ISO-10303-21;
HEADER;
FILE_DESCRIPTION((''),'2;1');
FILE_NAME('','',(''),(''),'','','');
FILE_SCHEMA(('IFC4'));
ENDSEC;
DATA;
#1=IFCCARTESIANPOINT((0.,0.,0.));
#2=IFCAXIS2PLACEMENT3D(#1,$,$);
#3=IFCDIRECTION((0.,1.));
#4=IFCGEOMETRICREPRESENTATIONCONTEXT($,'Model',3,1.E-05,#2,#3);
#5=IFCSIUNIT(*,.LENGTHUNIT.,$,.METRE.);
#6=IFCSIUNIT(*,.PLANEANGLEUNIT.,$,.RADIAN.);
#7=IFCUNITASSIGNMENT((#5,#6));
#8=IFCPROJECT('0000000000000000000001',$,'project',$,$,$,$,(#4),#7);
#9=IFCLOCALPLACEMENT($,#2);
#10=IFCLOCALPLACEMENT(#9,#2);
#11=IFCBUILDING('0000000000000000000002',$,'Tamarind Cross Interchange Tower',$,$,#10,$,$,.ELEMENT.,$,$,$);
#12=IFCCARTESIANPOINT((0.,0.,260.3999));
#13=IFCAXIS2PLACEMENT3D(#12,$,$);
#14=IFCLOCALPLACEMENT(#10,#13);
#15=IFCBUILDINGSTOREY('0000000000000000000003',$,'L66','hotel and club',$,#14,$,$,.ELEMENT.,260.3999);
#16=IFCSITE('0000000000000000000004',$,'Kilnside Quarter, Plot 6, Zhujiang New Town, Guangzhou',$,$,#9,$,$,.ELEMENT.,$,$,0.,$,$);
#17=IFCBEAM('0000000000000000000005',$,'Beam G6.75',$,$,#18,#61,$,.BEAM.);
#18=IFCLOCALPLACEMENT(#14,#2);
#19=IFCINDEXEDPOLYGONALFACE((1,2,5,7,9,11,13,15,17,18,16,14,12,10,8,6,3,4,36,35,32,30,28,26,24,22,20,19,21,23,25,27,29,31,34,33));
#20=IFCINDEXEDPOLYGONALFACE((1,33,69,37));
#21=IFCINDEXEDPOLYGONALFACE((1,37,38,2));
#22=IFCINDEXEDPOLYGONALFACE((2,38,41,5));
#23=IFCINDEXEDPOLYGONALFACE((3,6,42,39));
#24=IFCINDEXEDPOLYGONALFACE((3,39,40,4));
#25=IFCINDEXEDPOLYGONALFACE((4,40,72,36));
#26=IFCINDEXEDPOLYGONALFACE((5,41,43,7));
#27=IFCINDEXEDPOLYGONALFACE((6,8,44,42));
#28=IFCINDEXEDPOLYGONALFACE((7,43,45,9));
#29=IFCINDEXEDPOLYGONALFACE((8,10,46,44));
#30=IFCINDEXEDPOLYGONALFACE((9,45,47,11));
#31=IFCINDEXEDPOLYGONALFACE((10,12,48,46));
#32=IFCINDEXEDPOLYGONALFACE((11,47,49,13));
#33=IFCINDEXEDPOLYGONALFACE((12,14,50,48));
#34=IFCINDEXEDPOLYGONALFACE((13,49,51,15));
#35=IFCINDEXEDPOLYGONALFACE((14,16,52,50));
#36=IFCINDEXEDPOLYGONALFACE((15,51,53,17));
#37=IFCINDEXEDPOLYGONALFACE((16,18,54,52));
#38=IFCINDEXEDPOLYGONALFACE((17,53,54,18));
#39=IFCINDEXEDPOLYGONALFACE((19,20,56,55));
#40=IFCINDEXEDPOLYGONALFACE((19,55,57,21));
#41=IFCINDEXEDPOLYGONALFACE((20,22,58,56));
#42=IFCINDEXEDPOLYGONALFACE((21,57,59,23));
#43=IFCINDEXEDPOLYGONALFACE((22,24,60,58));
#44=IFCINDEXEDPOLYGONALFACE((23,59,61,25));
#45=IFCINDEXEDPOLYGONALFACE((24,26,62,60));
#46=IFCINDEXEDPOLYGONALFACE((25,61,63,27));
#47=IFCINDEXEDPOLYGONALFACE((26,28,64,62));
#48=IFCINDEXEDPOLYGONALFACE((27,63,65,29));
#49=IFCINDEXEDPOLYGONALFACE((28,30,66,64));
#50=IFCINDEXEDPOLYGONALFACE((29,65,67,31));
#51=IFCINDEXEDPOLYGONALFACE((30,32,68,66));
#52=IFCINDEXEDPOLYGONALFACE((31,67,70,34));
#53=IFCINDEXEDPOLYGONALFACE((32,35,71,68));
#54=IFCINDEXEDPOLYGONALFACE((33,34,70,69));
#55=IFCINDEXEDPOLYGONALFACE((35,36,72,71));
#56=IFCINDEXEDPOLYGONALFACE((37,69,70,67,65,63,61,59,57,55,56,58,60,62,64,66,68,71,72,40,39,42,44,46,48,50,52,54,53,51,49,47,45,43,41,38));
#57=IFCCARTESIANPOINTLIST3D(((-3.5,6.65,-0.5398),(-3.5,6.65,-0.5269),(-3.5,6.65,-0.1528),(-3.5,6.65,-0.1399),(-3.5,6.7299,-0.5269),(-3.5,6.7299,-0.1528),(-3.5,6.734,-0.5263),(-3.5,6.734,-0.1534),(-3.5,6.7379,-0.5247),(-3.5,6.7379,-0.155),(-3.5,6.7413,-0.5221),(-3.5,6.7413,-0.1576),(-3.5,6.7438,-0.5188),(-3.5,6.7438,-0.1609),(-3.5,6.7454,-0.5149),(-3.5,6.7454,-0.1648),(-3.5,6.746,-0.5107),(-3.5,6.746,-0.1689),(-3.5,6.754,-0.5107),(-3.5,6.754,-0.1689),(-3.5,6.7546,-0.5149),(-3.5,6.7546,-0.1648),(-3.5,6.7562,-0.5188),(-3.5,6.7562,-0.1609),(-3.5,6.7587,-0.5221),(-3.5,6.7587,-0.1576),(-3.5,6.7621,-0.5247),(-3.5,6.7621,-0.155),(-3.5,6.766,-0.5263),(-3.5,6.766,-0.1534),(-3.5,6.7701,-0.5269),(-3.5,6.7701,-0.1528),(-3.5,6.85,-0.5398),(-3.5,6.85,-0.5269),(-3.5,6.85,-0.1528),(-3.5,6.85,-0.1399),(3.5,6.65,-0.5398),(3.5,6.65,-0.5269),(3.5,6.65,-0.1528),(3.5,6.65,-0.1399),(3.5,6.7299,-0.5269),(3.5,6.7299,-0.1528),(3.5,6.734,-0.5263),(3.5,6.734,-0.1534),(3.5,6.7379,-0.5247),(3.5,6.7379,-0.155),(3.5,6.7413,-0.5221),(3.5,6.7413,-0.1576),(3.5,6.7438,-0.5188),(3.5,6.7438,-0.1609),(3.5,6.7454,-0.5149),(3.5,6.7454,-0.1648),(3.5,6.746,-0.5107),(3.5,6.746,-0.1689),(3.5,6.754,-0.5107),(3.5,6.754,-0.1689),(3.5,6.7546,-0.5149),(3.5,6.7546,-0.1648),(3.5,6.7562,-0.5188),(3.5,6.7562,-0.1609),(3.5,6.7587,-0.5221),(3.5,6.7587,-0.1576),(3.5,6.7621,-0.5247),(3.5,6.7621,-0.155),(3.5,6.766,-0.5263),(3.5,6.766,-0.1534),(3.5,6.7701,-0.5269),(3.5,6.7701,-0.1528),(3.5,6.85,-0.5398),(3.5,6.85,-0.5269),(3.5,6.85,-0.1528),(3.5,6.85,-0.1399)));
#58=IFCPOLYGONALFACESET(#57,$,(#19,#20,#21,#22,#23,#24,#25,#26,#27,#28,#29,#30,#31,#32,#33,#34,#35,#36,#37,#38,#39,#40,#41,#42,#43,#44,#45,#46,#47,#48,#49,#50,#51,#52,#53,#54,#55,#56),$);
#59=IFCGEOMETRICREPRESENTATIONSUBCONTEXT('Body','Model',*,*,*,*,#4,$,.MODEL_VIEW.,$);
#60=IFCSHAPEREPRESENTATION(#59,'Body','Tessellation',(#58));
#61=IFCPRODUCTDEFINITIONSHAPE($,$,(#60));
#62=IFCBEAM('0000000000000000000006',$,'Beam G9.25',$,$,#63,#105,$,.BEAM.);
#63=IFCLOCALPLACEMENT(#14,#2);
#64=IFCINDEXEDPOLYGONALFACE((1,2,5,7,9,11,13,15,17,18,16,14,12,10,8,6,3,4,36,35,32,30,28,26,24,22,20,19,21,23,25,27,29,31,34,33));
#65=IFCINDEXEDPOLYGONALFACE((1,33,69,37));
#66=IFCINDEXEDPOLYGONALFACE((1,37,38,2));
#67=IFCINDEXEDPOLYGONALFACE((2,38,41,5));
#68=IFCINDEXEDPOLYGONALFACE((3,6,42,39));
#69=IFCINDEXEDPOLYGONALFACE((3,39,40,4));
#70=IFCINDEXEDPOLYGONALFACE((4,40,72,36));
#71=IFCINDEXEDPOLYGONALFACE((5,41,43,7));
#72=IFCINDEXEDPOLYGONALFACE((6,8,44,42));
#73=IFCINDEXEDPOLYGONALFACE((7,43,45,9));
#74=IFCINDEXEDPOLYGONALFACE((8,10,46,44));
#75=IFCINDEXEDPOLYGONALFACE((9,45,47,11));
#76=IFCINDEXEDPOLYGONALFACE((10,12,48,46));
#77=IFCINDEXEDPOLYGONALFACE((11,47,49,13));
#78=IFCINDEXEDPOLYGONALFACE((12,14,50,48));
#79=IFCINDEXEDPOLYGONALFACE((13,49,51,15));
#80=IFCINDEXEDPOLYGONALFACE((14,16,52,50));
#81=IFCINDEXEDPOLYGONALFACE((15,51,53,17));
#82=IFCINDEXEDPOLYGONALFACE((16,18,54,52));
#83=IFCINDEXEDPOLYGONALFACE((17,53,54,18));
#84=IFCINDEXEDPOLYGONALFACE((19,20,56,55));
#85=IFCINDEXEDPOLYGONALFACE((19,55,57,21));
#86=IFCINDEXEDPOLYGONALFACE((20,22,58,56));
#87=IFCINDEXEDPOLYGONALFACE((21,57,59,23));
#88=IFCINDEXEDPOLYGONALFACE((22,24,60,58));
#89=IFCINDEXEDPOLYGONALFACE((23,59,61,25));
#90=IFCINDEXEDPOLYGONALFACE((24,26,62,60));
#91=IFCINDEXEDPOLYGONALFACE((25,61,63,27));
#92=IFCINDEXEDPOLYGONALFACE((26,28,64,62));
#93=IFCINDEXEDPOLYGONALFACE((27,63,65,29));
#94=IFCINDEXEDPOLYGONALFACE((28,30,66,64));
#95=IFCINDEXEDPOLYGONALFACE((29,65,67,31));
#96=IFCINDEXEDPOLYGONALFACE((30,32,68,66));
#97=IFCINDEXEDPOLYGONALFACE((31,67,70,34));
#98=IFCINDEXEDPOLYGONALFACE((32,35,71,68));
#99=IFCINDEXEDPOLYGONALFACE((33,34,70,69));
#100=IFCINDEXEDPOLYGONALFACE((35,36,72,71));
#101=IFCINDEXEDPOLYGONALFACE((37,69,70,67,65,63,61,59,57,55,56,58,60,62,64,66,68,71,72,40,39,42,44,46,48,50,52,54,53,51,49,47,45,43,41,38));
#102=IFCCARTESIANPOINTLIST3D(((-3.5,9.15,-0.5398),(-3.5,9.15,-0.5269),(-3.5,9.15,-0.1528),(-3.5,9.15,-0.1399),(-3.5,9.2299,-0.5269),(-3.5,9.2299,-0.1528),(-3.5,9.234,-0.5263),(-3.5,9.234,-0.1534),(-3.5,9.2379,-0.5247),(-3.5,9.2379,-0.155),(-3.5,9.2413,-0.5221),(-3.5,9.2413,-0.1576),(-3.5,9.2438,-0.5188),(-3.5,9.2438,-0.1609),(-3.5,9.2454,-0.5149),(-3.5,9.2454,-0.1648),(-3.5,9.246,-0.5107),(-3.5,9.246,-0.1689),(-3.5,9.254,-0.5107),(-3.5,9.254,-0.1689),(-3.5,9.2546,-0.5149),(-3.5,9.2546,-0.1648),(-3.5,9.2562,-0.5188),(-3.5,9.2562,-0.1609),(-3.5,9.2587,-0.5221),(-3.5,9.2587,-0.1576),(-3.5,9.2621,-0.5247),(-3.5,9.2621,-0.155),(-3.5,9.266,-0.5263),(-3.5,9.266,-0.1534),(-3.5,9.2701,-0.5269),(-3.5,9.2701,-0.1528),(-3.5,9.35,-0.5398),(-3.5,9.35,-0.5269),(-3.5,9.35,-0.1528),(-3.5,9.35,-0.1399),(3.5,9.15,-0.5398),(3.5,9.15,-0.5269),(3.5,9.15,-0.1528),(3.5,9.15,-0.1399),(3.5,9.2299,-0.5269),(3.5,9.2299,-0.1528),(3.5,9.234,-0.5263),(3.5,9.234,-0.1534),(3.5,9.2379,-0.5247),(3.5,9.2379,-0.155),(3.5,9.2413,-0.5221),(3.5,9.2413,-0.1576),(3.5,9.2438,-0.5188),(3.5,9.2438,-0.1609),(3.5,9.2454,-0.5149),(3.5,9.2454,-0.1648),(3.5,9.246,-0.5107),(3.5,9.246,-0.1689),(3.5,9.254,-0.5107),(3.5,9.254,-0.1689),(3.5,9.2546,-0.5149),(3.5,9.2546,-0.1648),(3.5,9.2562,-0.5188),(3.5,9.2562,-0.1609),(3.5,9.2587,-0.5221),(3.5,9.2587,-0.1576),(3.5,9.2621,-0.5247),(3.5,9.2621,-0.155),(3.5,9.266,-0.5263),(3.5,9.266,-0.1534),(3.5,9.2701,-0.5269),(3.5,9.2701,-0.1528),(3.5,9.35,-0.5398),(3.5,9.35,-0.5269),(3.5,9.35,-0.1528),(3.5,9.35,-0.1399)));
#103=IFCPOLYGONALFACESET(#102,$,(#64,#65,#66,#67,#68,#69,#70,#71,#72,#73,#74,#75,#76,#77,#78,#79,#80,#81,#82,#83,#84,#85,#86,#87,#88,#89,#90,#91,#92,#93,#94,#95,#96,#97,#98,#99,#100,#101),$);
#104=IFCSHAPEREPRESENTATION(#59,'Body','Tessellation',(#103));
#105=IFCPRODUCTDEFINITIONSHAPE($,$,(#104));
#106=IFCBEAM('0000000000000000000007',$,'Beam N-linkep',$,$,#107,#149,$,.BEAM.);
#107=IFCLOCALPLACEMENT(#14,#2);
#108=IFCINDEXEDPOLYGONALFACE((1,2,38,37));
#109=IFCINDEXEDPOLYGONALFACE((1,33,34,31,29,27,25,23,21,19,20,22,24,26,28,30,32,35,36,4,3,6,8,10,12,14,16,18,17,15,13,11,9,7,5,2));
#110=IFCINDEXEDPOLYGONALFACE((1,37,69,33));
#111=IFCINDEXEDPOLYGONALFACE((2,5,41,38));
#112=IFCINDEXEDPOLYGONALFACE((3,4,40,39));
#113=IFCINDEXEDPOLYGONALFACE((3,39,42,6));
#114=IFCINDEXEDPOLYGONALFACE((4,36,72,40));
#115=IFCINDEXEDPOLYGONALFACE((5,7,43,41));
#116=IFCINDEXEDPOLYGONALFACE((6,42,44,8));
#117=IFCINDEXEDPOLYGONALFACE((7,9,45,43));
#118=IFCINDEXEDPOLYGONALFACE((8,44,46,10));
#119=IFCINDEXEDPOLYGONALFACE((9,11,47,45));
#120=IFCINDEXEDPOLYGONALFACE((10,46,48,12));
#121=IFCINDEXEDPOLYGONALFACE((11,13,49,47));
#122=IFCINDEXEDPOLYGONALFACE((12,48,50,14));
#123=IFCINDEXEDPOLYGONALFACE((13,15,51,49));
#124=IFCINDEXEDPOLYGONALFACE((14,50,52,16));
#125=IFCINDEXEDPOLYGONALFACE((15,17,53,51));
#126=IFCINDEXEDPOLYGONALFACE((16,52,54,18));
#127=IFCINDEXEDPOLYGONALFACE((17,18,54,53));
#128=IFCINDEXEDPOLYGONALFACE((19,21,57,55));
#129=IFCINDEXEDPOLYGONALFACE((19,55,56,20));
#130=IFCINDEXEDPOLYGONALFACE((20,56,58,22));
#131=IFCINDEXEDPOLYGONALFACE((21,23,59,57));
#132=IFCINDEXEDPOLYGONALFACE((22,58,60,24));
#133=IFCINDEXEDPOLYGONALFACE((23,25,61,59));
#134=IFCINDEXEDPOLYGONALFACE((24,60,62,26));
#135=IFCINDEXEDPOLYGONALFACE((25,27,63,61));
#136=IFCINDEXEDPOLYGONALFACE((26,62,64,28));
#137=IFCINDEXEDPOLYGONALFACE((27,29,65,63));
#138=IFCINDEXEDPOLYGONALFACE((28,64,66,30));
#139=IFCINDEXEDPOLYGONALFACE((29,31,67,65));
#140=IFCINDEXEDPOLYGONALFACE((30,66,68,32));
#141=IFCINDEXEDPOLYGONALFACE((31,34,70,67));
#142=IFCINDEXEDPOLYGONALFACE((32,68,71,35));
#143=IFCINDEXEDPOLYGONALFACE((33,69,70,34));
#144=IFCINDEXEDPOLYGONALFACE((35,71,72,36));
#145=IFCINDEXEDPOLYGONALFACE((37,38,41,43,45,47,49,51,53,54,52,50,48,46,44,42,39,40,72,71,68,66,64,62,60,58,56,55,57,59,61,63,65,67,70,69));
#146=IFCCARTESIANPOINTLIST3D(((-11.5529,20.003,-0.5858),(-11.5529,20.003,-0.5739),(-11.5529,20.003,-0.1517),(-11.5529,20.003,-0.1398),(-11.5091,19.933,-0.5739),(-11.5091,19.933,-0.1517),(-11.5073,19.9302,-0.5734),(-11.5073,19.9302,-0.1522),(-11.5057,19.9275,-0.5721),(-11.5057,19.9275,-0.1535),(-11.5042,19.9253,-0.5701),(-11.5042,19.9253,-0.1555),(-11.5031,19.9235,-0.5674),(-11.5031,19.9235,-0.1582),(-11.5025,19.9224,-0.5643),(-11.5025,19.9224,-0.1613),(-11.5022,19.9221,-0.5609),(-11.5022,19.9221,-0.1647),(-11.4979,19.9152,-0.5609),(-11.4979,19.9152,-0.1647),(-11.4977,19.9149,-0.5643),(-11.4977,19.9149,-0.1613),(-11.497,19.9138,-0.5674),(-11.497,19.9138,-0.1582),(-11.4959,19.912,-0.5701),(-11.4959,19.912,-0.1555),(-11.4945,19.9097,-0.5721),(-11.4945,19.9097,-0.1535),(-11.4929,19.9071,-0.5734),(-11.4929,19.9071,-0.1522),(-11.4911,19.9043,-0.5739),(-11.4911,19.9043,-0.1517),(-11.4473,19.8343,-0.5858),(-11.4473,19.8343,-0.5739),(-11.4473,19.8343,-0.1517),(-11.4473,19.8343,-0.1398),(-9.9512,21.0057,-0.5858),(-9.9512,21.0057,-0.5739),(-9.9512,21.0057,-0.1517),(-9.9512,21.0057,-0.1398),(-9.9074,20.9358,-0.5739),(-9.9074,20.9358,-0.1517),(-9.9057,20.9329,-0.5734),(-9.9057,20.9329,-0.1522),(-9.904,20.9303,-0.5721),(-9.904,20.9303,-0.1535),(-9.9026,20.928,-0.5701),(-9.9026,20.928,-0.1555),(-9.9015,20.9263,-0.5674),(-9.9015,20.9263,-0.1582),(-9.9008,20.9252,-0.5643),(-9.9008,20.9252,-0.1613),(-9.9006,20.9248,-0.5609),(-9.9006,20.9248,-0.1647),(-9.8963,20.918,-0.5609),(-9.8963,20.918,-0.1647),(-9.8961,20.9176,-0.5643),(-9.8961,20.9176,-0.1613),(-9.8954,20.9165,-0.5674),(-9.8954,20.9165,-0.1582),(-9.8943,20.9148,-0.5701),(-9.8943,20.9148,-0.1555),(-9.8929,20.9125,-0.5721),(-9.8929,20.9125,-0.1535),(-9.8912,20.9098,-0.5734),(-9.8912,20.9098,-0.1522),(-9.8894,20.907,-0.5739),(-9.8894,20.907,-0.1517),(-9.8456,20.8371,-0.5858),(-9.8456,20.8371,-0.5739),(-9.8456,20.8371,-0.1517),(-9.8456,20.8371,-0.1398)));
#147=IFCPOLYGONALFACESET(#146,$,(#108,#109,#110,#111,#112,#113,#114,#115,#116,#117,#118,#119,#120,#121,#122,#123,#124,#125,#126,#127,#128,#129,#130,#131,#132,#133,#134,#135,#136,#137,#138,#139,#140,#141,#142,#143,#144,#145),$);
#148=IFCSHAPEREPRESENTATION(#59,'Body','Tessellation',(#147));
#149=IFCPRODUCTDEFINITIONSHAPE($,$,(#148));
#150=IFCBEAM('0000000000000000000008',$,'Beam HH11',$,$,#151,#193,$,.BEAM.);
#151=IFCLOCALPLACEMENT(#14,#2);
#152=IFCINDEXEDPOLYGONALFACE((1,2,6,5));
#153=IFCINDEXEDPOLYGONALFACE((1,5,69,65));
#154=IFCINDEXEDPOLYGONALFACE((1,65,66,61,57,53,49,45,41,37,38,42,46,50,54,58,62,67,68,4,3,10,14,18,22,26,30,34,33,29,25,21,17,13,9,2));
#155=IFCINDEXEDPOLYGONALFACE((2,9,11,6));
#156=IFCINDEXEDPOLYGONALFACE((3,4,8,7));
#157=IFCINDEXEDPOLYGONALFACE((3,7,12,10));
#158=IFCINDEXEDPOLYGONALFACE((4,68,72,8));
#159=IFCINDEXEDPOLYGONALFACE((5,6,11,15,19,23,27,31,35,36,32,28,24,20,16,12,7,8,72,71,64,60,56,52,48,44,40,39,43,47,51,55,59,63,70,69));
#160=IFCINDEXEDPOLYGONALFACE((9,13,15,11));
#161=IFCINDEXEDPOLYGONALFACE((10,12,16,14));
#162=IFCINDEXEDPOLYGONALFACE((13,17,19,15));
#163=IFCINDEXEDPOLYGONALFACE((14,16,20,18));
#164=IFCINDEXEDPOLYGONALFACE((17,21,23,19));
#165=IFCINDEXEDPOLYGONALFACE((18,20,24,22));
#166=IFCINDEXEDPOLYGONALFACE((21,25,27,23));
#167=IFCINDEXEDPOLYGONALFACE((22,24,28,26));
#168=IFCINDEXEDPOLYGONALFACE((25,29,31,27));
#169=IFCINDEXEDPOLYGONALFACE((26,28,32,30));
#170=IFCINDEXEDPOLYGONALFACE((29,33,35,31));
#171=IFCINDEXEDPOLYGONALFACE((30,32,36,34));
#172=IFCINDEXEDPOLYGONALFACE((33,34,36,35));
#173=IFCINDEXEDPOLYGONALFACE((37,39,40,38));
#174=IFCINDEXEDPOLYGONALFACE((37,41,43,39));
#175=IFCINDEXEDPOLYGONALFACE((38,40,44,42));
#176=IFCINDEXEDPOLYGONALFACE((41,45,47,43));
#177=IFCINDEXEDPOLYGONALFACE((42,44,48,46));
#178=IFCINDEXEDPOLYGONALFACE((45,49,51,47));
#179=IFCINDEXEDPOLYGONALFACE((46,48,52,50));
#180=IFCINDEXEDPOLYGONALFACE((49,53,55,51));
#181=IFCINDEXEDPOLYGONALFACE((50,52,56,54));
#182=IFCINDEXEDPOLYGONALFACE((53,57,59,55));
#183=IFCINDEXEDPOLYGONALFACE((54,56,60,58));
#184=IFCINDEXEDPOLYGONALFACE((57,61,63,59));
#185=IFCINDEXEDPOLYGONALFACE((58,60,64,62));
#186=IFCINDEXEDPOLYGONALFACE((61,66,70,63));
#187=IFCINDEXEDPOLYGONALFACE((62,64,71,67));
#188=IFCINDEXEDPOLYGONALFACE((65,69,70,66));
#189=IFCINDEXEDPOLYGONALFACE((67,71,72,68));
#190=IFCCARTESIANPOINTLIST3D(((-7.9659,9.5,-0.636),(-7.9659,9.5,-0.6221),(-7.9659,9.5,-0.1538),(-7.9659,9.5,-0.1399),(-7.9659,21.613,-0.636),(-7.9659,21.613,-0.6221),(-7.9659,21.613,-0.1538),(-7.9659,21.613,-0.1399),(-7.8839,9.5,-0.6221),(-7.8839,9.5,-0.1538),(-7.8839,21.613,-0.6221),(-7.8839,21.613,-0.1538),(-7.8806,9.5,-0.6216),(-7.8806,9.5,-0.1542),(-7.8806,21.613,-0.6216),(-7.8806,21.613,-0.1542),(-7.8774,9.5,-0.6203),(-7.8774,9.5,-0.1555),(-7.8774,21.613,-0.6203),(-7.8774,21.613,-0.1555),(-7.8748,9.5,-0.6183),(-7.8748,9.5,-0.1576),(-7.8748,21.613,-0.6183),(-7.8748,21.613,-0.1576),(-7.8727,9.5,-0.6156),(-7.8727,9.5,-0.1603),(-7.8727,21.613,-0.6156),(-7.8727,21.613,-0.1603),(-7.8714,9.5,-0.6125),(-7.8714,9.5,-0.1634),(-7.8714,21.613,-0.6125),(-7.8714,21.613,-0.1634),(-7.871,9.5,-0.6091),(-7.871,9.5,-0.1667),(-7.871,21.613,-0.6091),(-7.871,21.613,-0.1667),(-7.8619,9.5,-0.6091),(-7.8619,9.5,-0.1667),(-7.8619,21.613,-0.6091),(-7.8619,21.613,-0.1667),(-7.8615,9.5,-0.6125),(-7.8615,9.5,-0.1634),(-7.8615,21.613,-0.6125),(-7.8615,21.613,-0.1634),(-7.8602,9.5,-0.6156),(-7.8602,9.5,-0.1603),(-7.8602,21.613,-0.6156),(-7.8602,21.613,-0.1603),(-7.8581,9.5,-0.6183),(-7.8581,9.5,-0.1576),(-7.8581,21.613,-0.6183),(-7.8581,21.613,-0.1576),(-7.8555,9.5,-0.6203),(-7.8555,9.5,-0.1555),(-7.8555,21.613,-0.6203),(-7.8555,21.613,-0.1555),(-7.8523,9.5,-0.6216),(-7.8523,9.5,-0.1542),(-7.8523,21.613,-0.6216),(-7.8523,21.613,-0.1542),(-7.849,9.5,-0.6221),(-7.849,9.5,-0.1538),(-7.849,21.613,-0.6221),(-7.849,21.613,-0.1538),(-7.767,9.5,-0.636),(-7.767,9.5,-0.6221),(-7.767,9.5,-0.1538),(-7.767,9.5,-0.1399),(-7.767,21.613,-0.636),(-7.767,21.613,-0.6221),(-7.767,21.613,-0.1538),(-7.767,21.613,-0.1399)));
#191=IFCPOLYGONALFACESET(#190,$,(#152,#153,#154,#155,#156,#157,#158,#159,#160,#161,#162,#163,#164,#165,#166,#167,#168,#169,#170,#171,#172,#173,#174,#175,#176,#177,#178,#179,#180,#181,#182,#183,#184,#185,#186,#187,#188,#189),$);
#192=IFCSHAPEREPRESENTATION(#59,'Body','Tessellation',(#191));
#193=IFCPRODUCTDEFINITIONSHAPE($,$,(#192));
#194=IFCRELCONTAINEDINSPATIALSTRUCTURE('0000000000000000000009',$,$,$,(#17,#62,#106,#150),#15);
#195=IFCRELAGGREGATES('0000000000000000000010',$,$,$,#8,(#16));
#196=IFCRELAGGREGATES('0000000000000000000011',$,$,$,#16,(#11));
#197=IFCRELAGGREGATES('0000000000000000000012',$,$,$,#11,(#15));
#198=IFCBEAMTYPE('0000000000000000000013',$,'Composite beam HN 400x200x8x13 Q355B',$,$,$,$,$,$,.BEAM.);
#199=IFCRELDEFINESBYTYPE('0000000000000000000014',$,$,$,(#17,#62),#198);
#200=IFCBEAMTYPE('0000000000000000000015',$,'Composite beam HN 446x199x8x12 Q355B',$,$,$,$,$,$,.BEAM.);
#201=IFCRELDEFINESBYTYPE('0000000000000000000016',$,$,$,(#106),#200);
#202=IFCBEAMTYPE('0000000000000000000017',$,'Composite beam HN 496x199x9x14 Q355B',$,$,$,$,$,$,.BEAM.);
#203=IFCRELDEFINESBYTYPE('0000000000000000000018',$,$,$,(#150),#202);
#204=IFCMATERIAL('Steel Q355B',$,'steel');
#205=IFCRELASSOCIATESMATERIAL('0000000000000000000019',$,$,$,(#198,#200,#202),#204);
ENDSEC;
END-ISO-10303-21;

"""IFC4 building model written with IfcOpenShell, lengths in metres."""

from ifc_helpers import new_model, si_unit, direction, frame, origin, origin_2d, place, context, subcontext, project, spatial, i_section, extrude, material, material_profile, profile_set, type_object, element, save


model = new_model("IFC4")

# Units and contexts
model_context = context("Model", 3, precision=1e-05, world=origin(), true_north=direction((0.0, 1.0)))
body_context = subcontext(model_context, "Body", "Model", "MODEL_VIEW")
ifc_project = project(units=[si_unit("LENGTHUNIT", "METRE"), si_unit("PLANEANGLEUNIT", "RADIAN")], contexts=[model_context])

# Site, building, storey
site_placement = place(None, origin())
site = spatial("IfcSite", under=ifc_project, at=site_placement, Name="Kilnside Quarter, Plot 6, Zhujiang New Town, Guangzhou", CompositionType="ELEMENT", RefElevation=0.0)
building_placement = place(site_placement, origin())
building = spatial("IfcBuilding", under=site, at=building_placement, Name="Tamarind Cross Interchange Tower", CompositionType="ELEMENT")
storey_placement = place(building_placement, frame((0.0, 0.0, 260.3999)))
storey = spatial("IfcBuildingStorey", under=building, at=storey_placement, Name="L66", Description="hotel and club", CompositionType="ELEMENT", Elevation=260.3999)

# Beams
ifc_material_1 = material(Name="Steel Q355B", Category="steel")
ifc_material_profile_1 = material_profile(ifc_material_1, i_section(OverallWidth=0.2, OverallDepth=0.3999, WebThickness=0.0081, FlangeThickness=0.0129, FilletRadius=0.0161, at=origin_2d()), Name="HN 400x200x8x13")
ifc_profile_set_1 = profile_set([ifc_material_profile_1], Name="Steel Q355B")
beam_type_1 = type_object("IfcBeamType", Name="Composite beam HN 400x200x8x13 Q355B", PredefinedType="BEAM", material=ifc_profile_set_1)
for number, where, z_axis, x_axis, name in (
    (1, (-3.5, 6.75, -0.3398), (1.0, 0.0, 0.0), (0.0, 1.0, 0.0), "Beam G6.75"),
    (2, (-3.5, 9.25, -0.3398), (1.0, 0.0, 0.0), (0.0, 1.0, 0.0), "Beam G9.25"),
):
    element("IfcBeam", number, at=place(storey_placement, frame(where, z_axis=z_axis, x_axis=x_axis)), inside=storey, type_object=beam_type_1, Name=name, PredefinedType="BEAM", context=body_context, shape_type="SweptSolid", body=[
        extrude(i_section(OverallWidth=0.2, OverallDepth=0.3999, WebThickness=0.0081, FlangeThickness=0.0129, FilletRadius=0.0161, at=origin_2d()), origin(), (0.0, 0.0, 1.0), 7.0),
    ])
ifc_material_profile_2 = material_profile(ifc_material_1, i_section(OverallWidth=0.199, OverallDepth=0.446, WebThickness=0.0081, FlangeThickness=0.012, FilletRadius=0.0129, at=origin_2d()), Name="HN 446x199x8x12")
ifc_profile_set_2 = profile_set([ifc_material_profile_2], Name="Steel Q355B")
beam_type_2 = type_object("IfcBeamType", Name="Composite beam HN 446x199x8x12 Q355B", PredefinedType="BEAM", material=ifc_profile_set_2)
beam_1_placement = place(storey_placement, frame((-9.8984, 20.9214, -0.3628), z_axis=(-0.847592, -0.530649, 0.0), x_axis=(0.530649, -0.847592, 0.0)))
element("IfcBeam", 3, at=beam_1_placement, inside=storey, type_object=beam_type_2, Name="Beam N-linkep", PredefinedType="BEAM", context=body_context, shape_type="SweptSolid", body=[
    extrude(i_section(OverallWidth=0.199, OverallDepth=0.446, WebThickness=0.0081, FlangeThickness=0.012, FilletRadius=0.0129, at=origin_2d()), origin(), (0.0, 0.0, 1.0), 1.8896),
])
ifc_material_profile_3 = material_profile(ifc_material_1, i_section(OverallWidth=0.199, OverallDepth=0.4961, WebThickness=0.009, FlangeThickness=0.0139, FilletRadius=0.0129, at=origin_2d()), Name="HN 496x199x9x14")
ifc_profile_set_3 = profile_set([ifc_material_profile_3], Name="Steel Q355B")
beam_type_3 = type_object("IfcBeamType", Name="Composite beam HN 496x199x9x14 Q355B", PredefinedType="BEAM", material=ifc_profile_set_3)
beam_2_placement = place(storey_placement, frame((-7.8665, 21.613, -0.3879), z_axis=(0.0, -1.0, 0.0), x_axis=(1.0, 0.0, 0.0)))
element("IfcBeam", 4, at=beam_2_placement, inside=storey, type_object=beam_type_3, Name="Beam HH11", PredefinedType="BEAM", context=body_context, shape_type="SweptSolid", body=[
    extrude(i_section(OverallWidth=0.199, OverallDepth=0.4961, WebThickness=0.009, FlangeThickness=0.0139, FilletRadius=0.0129, at=origin_2d()), origin(), (0.0, 0.0, 1.0), 12.113),
])

save(model, "model.ifc")
